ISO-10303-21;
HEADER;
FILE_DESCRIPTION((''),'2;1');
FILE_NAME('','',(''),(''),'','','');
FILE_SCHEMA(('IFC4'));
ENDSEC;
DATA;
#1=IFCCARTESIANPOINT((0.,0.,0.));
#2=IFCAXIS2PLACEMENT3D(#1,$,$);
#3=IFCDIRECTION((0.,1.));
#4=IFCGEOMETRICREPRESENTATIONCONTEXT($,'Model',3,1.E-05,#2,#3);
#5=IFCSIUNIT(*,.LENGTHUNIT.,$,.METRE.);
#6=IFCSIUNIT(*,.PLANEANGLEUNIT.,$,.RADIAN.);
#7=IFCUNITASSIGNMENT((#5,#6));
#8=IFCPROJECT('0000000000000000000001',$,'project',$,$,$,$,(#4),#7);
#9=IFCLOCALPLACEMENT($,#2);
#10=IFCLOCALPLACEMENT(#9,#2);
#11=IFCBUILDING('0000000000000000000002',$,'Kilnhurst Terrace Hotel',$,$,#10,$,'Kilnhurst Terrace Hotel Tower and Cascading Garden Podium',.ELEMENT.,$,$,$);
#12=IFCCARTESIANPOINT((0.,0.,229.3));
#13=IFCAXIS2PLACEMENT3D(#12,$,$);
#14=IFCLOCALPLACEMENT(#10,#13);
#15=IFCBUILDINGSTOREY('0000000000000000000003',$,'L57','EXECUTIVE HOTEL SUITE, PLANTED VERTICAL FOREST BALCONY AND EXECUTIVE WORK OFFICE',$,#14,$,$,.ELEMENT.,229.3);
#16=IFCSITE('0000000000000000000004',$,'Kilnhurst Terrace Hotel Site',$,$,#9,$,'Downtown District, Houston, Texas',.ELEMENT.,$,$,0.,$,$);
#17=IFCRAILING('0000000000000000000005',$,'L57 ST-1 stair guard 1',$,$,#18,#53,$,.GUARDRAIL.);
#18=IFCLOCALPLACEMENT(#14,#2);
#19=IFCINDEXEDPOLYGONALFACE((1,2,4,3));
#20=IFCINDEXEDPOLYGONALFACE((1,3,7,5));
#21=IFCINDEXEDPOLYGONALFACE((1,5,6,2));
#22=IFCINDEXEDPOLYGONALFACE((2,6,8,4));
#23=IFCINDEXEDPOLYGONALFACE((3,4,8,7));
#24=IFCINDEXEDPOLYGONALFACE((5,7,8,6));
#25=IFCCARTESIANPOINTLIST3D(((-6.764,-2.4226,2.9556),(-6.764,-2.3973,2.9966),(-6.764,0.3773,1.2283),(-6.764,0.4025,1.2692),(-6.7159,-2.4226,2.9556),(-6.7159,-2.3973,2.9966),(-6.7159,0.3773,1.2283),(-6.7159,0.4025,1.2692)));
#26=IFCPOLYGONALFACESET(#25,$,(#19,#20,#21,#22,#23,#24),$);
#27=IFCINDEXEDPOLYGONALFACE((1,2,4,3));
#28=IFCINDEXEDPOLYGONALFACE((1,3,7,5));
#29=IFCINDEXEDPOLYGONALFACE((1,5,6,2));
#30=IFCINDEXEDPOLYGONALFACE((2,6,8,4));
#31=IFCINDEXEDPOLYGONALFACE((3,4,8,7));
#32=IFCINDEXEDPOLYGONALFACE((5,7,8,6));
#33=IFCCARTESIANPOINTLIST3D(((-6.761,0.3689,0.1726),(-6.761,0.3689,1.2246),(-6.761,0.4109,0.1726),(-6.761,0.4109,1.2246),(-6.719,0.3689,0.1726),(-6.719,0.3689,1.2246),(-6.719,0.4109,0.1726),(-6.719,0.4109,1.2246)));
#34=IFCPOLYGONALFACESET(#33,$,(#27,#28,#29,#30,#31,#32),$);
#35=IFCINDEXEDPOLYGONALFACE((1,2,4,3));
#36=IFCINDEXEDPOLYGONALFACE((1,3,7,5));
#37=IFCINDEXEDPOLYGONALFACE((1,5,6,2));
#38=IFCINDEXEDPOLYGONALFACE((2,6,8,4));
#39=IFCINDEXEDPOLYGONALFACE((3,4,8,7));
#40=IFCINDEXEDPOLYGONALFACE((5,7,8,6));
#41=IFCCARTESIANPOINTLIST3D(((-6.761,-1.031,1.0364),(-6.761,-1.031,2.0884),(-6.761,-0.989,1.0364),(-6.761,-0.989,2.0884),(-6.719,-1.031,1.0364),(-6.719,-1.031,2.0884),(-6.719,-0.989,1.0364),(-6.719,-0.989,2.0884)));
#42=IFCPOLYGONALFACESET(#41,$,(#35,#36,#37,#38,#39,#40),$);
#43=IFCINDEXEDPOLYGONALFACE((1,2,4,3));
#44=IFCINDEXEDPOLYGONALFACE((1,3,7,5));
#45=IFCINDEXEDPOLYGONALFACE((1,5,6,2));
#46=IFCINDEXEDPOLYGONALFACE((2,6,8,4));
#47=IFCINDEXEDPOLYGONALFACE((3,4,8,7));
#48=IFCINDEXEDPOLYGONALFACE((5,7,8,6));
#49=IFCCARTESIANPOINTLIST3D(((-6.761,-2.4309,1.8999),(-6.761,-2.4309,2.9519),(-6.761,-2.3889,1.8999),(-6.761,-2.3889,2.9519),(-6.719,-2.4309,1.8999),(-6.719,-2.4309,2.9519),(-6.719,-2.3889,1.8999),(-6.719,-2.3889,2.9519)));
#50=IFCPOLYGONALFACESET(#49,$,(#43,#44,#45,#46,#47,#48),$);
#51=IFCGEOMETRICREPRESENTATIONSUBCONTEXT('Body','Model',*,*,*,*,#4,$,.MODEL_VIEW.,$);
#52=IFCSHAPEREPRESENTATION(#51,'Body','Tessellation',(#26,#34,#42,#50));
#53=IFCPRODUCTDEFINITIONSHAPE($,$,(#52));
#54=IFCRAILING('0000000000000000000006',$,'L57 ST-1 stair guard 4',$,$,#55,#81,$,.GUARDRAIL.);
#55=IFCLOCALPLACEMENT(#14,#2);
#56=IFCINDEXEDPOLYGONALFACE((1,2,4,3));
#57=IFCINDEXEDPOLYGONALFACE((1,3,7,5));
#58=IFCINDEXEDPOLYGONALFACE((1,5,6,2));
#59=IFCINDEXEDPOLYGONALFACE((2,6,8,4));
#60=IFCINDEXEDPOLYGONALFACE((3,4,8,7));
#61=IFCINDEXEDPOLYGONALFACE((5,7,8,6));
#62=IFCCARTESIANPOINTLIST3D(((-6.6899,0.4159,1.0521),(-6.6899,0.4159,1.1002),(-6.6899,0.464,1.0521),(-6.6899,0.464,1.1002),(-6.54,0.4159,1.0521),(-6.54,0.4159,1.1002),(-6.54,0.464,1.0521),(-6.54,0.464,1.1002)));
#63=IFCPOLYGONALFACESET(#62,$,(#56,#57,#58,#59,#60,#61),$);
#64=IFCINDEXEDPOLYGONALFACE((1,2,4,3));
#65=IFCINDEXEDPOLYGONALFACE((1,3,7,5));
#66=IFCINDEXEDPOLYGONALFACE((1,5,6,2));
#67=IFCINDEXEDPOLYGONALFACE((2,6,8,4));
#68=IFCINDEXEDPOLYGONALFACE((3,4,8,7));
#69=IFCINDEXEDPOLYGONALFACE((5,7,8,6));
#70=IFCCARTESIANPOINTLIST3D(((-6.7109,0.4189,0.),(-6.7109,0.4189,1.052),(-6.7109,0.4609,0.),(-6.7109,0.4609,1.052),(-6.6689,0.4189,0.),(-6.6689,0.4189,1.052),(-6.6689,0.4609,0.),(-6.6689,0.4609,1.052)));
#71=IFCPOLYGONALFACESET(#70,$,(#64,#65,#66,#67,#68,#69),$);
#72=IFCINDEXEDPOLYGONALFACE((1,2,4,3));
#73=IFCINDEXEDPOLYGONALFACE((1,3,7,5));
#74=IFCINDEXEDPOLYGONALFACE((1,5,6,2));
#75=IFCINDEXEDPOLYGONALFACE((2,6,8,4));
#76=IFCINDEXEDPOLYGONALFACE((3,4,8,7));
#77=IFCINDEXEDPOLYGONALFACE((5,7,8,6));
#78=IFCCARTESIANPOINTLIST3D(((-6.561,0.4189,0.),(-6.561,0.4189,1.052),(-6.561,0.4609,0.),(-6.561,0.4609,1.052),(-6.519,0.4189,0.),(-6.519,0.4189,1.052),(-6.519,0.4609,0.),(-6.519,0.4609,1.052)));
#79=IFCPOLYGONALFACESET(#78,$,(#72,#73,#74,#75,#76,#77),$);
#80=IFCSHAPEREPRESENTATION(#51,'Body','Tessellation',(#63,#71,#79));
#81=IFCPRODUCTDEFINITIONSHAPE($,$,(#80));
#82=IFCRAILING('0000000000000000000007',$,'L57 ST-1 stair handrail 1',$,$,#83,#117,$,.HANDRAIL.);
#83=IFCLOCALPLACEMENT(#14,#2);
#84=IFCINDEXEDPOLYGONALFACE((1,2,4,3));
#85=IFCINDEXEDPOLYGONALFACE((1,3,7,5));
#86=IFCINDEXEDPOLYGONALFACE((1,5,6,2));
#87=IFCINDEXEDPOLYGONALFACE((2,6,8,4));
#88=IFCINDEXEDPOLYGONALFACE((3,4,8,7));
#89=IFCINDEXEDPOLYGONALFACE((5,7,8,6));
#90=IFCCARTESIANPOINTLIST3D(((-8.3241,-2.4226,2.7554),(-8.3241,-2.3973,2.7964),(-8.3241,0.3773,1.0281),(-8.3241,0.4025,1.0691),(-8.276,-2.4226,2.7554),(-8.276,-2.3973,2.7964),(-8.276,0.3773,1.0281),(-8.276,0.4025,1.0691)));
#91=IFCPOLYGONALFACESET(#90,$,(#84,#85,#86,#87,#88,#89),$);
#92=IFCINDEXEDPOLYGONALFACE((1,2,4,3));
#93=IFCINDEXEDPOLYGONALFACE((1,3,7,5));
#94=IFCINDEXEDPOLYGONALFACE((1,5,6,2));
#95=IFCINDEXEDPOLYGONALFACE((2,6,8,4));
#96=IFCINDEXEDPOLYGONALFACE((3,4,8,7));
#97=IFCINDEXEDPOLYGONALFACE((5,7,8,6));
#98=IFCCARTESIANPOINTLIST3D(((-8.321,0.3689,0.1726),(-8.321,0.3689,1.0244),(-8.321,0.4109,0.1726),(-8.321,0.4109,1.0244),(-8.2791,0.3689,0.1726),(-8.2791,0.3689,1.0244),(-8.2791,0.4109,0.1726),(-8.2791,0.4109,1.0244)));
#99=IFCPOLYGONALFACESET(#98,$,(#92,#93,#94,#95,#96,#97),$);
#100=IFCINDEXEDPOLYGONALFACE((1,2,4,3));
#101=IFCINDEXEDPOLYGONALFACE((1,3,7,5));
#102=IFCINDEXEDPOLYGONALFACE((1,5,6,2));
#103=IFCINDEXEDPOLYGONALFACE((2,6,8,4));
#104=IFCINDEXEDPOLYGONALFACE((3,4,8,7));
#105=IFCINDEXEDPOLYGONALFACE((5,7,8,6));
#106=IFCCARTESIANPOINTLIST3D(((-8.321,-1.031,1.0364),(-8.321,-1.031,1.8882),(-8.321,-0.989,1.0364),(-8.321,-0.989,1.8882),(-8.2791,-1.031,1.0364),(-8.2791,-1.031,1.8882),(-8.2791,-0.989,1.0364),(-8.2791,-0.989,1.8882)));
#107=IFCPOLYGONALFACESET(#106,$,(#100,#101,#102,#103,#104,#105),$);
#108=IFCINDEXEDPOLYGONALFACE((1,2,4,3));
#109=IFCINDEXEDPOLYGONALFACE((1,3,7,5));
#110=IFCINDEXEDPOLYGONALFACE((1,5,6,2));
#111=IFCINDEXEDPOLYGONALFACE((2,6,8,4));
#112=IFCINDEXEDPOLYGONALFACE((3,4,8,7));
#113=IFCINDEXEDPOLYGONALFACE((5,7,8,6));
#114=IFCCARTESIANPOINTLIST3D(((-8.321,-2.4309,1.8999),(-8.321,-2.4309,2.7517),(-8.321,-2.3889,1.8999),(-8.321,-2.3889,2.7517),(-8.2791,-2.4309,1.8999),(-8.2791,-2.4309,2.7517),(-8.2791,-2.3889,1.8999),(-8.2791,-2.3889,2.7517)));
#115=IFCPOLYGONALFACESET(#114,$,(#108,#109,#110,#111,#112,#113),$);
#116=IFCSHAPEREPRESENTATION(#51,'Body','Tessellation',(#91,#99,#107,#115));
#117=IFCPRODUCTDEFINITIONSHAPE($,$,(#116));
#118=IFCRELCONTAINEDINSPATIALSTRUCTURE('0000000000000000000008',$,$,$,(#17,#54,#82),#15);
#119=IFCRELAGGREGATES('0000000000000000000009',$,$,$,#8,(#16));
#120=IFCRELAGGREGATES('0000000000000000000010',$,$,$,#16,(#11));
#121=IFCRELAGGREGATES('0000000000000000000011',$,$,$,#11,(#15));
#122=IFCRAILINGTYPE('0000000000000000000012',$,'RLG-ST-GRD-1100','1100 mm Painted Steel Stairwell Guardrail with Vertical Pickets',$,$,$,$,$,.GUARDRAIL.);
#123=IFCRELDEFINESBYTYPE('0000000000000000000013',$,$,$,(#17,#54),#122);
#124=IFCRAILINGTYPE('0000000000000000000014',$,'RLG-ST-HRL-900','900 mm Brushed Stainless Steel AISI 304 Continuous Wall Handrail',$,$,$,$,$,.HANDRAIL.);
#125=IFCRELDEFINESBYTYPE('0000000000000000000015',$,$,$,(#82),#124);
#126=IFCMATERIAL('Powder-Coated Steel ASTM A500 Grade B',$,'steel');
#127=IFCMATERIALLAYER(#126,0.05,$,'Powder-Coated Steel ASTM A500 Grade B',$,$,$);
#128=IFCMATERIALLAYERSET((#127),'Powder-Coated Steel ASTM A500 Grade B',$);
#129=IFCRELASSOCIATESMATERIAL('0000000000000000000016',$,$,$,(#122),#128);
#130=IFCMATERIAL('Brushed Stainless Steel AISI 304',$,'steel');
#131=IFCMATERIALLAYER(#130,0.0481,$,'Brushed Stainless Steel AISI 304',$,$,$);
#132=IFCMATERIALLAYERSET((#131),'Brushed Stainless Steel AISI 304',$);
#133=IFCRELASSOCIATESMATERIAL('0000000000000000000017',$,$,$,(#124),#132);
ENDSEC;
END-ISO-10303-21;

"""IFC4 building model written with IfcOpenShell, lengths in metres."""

from ifc_helpers import new_model, si_unit, direction, frame, origin, origin_2d, place, context, subcontext, project, spatial, rectangle, extrude, material, layer, layer_set, type_object, element, save


model = new_model("IFC4")

# Units and contexts
model_context = context("Model", 3, precision=1e-05, world=origin(), true_north=direction((0.0, 1.0)))
body_context = subcontext(model_context, "Body", "Model", "MODEL_VIEW")
ifc_project = project(units=[si_unit("LENGTHUNIT", "METRE"), si_unit("PLANEANGLEUNIT", "RADIAN")], contexts=[model_context])

# Site, building, storey
site_placement = place(None, origin())
site = spatial("IfcSite", under=ifc_project, at=site_placement, Name="Kilnhurst Terrace Hotel Site", LongName="Downtown District, Houston, Texas", CompositionType="ELEMENT", RefElevation=0.0)
building_placement = place(site_placement, origin())
building = spatial("IfcBuilding", under=site, at=building_placement, Name="Kilnhurst Terrace Hotel", LongName="Kilnhurst Terrace Hotel Tower and Cascading Garden Podium", CompositionType="ELEMENT")
storey_placement = place(building_placement, frame((0.0, 0.0, 229.3)))
storey = spatial("IfcBuildingStorey", under=building, at=storey_placement, Name="L57", Description="EXECUTIVE HOTEL SUITE, PLANTED VERTICAL FOREST BALCONY AND EXECUTIVE WORK OFFICE", CompositionType="ELEMENT", Elevation=229.3)

# Railings
ifc_material_1 = material(Name="Powder-Coated Steel ASTM A500 Grade B", Category="steel")
ifc_layer_1 = layer(ifc_material_1, 0.05, Name="Powder-Coated Steel ASTM A500 Grade B")
ifc_layer_set_1 = layer_set([ifc_layer_1], Name="Powder-Coated Steel ASTM A500 Grade B")
railing_type_1 = type_object("IfcRailingType", Name="RLG-ST-GRD-1100", Description="1100 mm Painted Steel Stairwell Guardrail with Vertical Pickets", PredefinedType="GUARDRAIL", material=ifc_layer_set_1)
railing_1_placement = place(storey_placement, frame((-6.74, 0.3899, 0.1726)))
element("IfcRailing", 1, at=railing_1_placement, inside=storey, type_object=railing_type_1, Name="L57 ST-1 stair guard 1", PredefinedType="GUARDRAIL", context=body_context, shape_type="SweptSolid", body=[
    extrude(rectangle(XDim=0.0481, YDim=0.0481, at=origin_2d()), frame((0.0, 0.0, 1.0762), z_axis=(0.0, -0.851069, 0.525054), x_axis=(1.0, 0.0, 0.0)), (0.0, 0.0, 1.0), 3.2898),
    extrude(rectangle(XDim=0.042, YDim=0.042, at=origin_2d()), origin(), (0.0, 0.0, 1.0), 1.052),
    extrude(rectangle(XDim=0.042, YDim=0.042, at=origin_2d()), frame((0.0, -1.3999, 0.8638)), (0.0, 0.0, 1.0), 1.052),
    extrude(rectangle(XDim=0.042, YDim=0.042, at=origin_2d()), frame((0.0, -2.7998, 1.7273)), (0.0, 0.0, 1.0), 1.052),
])
railing_2_placement = place(storey_placement, frame((-6.6899, 0.4399, 0.0)))
element("IfcRailing", 2, at=railing_2_placement, inside=storey, type_object=railing_type_1, Name="L57 ST-1 stair guard 4", PredefinedType="GUARDRAIL", context=body_context, shape_type="SweptSolid", body=[
    extrude(rectangle(XDim=0.0481, YDim=0.0481, at=origin_2d()), frame((0.0, 0.0, 1.0762), z_axis=(1.0, 0.0, 0.0), x_axis=(0.0, 1.0, 0.0)), (0.0, 0.0, 1.0), 0.1499),
    extrude(rectangle(XDim=0.042, YDim=0.042, at=origin_2d()), origin(), (0.0, 0.0, 1.0), 1.052),
    extrude(rectangle(XDim=0.042, YDim=0.042, at=origin_2d()), frame((0.1499, 0.0, 0.0)), (0.0, 0.0, 1.0), 1.052),
])
ifc_material_2 = material(Name="Brushed Stainless Steel AISI 304", Category="steel")
ifc_layer_2 = layer(ifc_material_2, 0.0481, Name="Brushed Stainless Steel AISI 304")
ifc_layer_set_2 = layer_set([ifc_layer_2], Name="Brushed Stainless Steel AISI 304")
railing_type_2 = type_object("IfcRailingType", Name="RLG-ST-HRL-900", Description="900 mm Brushed Stainless Steel AISI 304 Continuous Wall Handrail", PredefinedType="HANDRAIL", material=ifc_layer_set_2)
railing_3_placement = place(storey_placement, frame((-8.3, 0.3899, 0.1726)))
element("IfcRailing", 3, at=railing_3_placement, inside=storey, type_object=railing_type_2, Name="L57 ST-1 stair handrail 1", PredefinedType="HANDRAIL", context=body_context, shape_type="SweptSolid", body=[
    extrude(rectangle(XDim=0.0481, YDim=0.0481, at=origin_2d()), frame((0.0, 0.0, 0.876), z_axis=(0.0, -0.851069, 0.525054), x_axis=(1.0, 0.0, 0.0)), (0.0, 0.0, 1.0), 3.2898),
    extrude(rectangle(XDim=0.042, YDim=0.042, at=origin_2d()), origin(), (0.0, 0.0, 1.0), 0.8518),
    extrude(rectangle(XDim=0.042, YDim=0.042, at=origin_2d()), frame((0.0, -1.3999, 0.8638)), (0.0, 0.0, 1.0), 0.8518),
    extrude(rectangle(XDim=0.042, YDim=0.042, at=origin_2d()), frame((0.0, -2.7998, 1.7273)), (0.0, 0.0, 1.0), 0.8518),
])

save(model, "model.ifc")
